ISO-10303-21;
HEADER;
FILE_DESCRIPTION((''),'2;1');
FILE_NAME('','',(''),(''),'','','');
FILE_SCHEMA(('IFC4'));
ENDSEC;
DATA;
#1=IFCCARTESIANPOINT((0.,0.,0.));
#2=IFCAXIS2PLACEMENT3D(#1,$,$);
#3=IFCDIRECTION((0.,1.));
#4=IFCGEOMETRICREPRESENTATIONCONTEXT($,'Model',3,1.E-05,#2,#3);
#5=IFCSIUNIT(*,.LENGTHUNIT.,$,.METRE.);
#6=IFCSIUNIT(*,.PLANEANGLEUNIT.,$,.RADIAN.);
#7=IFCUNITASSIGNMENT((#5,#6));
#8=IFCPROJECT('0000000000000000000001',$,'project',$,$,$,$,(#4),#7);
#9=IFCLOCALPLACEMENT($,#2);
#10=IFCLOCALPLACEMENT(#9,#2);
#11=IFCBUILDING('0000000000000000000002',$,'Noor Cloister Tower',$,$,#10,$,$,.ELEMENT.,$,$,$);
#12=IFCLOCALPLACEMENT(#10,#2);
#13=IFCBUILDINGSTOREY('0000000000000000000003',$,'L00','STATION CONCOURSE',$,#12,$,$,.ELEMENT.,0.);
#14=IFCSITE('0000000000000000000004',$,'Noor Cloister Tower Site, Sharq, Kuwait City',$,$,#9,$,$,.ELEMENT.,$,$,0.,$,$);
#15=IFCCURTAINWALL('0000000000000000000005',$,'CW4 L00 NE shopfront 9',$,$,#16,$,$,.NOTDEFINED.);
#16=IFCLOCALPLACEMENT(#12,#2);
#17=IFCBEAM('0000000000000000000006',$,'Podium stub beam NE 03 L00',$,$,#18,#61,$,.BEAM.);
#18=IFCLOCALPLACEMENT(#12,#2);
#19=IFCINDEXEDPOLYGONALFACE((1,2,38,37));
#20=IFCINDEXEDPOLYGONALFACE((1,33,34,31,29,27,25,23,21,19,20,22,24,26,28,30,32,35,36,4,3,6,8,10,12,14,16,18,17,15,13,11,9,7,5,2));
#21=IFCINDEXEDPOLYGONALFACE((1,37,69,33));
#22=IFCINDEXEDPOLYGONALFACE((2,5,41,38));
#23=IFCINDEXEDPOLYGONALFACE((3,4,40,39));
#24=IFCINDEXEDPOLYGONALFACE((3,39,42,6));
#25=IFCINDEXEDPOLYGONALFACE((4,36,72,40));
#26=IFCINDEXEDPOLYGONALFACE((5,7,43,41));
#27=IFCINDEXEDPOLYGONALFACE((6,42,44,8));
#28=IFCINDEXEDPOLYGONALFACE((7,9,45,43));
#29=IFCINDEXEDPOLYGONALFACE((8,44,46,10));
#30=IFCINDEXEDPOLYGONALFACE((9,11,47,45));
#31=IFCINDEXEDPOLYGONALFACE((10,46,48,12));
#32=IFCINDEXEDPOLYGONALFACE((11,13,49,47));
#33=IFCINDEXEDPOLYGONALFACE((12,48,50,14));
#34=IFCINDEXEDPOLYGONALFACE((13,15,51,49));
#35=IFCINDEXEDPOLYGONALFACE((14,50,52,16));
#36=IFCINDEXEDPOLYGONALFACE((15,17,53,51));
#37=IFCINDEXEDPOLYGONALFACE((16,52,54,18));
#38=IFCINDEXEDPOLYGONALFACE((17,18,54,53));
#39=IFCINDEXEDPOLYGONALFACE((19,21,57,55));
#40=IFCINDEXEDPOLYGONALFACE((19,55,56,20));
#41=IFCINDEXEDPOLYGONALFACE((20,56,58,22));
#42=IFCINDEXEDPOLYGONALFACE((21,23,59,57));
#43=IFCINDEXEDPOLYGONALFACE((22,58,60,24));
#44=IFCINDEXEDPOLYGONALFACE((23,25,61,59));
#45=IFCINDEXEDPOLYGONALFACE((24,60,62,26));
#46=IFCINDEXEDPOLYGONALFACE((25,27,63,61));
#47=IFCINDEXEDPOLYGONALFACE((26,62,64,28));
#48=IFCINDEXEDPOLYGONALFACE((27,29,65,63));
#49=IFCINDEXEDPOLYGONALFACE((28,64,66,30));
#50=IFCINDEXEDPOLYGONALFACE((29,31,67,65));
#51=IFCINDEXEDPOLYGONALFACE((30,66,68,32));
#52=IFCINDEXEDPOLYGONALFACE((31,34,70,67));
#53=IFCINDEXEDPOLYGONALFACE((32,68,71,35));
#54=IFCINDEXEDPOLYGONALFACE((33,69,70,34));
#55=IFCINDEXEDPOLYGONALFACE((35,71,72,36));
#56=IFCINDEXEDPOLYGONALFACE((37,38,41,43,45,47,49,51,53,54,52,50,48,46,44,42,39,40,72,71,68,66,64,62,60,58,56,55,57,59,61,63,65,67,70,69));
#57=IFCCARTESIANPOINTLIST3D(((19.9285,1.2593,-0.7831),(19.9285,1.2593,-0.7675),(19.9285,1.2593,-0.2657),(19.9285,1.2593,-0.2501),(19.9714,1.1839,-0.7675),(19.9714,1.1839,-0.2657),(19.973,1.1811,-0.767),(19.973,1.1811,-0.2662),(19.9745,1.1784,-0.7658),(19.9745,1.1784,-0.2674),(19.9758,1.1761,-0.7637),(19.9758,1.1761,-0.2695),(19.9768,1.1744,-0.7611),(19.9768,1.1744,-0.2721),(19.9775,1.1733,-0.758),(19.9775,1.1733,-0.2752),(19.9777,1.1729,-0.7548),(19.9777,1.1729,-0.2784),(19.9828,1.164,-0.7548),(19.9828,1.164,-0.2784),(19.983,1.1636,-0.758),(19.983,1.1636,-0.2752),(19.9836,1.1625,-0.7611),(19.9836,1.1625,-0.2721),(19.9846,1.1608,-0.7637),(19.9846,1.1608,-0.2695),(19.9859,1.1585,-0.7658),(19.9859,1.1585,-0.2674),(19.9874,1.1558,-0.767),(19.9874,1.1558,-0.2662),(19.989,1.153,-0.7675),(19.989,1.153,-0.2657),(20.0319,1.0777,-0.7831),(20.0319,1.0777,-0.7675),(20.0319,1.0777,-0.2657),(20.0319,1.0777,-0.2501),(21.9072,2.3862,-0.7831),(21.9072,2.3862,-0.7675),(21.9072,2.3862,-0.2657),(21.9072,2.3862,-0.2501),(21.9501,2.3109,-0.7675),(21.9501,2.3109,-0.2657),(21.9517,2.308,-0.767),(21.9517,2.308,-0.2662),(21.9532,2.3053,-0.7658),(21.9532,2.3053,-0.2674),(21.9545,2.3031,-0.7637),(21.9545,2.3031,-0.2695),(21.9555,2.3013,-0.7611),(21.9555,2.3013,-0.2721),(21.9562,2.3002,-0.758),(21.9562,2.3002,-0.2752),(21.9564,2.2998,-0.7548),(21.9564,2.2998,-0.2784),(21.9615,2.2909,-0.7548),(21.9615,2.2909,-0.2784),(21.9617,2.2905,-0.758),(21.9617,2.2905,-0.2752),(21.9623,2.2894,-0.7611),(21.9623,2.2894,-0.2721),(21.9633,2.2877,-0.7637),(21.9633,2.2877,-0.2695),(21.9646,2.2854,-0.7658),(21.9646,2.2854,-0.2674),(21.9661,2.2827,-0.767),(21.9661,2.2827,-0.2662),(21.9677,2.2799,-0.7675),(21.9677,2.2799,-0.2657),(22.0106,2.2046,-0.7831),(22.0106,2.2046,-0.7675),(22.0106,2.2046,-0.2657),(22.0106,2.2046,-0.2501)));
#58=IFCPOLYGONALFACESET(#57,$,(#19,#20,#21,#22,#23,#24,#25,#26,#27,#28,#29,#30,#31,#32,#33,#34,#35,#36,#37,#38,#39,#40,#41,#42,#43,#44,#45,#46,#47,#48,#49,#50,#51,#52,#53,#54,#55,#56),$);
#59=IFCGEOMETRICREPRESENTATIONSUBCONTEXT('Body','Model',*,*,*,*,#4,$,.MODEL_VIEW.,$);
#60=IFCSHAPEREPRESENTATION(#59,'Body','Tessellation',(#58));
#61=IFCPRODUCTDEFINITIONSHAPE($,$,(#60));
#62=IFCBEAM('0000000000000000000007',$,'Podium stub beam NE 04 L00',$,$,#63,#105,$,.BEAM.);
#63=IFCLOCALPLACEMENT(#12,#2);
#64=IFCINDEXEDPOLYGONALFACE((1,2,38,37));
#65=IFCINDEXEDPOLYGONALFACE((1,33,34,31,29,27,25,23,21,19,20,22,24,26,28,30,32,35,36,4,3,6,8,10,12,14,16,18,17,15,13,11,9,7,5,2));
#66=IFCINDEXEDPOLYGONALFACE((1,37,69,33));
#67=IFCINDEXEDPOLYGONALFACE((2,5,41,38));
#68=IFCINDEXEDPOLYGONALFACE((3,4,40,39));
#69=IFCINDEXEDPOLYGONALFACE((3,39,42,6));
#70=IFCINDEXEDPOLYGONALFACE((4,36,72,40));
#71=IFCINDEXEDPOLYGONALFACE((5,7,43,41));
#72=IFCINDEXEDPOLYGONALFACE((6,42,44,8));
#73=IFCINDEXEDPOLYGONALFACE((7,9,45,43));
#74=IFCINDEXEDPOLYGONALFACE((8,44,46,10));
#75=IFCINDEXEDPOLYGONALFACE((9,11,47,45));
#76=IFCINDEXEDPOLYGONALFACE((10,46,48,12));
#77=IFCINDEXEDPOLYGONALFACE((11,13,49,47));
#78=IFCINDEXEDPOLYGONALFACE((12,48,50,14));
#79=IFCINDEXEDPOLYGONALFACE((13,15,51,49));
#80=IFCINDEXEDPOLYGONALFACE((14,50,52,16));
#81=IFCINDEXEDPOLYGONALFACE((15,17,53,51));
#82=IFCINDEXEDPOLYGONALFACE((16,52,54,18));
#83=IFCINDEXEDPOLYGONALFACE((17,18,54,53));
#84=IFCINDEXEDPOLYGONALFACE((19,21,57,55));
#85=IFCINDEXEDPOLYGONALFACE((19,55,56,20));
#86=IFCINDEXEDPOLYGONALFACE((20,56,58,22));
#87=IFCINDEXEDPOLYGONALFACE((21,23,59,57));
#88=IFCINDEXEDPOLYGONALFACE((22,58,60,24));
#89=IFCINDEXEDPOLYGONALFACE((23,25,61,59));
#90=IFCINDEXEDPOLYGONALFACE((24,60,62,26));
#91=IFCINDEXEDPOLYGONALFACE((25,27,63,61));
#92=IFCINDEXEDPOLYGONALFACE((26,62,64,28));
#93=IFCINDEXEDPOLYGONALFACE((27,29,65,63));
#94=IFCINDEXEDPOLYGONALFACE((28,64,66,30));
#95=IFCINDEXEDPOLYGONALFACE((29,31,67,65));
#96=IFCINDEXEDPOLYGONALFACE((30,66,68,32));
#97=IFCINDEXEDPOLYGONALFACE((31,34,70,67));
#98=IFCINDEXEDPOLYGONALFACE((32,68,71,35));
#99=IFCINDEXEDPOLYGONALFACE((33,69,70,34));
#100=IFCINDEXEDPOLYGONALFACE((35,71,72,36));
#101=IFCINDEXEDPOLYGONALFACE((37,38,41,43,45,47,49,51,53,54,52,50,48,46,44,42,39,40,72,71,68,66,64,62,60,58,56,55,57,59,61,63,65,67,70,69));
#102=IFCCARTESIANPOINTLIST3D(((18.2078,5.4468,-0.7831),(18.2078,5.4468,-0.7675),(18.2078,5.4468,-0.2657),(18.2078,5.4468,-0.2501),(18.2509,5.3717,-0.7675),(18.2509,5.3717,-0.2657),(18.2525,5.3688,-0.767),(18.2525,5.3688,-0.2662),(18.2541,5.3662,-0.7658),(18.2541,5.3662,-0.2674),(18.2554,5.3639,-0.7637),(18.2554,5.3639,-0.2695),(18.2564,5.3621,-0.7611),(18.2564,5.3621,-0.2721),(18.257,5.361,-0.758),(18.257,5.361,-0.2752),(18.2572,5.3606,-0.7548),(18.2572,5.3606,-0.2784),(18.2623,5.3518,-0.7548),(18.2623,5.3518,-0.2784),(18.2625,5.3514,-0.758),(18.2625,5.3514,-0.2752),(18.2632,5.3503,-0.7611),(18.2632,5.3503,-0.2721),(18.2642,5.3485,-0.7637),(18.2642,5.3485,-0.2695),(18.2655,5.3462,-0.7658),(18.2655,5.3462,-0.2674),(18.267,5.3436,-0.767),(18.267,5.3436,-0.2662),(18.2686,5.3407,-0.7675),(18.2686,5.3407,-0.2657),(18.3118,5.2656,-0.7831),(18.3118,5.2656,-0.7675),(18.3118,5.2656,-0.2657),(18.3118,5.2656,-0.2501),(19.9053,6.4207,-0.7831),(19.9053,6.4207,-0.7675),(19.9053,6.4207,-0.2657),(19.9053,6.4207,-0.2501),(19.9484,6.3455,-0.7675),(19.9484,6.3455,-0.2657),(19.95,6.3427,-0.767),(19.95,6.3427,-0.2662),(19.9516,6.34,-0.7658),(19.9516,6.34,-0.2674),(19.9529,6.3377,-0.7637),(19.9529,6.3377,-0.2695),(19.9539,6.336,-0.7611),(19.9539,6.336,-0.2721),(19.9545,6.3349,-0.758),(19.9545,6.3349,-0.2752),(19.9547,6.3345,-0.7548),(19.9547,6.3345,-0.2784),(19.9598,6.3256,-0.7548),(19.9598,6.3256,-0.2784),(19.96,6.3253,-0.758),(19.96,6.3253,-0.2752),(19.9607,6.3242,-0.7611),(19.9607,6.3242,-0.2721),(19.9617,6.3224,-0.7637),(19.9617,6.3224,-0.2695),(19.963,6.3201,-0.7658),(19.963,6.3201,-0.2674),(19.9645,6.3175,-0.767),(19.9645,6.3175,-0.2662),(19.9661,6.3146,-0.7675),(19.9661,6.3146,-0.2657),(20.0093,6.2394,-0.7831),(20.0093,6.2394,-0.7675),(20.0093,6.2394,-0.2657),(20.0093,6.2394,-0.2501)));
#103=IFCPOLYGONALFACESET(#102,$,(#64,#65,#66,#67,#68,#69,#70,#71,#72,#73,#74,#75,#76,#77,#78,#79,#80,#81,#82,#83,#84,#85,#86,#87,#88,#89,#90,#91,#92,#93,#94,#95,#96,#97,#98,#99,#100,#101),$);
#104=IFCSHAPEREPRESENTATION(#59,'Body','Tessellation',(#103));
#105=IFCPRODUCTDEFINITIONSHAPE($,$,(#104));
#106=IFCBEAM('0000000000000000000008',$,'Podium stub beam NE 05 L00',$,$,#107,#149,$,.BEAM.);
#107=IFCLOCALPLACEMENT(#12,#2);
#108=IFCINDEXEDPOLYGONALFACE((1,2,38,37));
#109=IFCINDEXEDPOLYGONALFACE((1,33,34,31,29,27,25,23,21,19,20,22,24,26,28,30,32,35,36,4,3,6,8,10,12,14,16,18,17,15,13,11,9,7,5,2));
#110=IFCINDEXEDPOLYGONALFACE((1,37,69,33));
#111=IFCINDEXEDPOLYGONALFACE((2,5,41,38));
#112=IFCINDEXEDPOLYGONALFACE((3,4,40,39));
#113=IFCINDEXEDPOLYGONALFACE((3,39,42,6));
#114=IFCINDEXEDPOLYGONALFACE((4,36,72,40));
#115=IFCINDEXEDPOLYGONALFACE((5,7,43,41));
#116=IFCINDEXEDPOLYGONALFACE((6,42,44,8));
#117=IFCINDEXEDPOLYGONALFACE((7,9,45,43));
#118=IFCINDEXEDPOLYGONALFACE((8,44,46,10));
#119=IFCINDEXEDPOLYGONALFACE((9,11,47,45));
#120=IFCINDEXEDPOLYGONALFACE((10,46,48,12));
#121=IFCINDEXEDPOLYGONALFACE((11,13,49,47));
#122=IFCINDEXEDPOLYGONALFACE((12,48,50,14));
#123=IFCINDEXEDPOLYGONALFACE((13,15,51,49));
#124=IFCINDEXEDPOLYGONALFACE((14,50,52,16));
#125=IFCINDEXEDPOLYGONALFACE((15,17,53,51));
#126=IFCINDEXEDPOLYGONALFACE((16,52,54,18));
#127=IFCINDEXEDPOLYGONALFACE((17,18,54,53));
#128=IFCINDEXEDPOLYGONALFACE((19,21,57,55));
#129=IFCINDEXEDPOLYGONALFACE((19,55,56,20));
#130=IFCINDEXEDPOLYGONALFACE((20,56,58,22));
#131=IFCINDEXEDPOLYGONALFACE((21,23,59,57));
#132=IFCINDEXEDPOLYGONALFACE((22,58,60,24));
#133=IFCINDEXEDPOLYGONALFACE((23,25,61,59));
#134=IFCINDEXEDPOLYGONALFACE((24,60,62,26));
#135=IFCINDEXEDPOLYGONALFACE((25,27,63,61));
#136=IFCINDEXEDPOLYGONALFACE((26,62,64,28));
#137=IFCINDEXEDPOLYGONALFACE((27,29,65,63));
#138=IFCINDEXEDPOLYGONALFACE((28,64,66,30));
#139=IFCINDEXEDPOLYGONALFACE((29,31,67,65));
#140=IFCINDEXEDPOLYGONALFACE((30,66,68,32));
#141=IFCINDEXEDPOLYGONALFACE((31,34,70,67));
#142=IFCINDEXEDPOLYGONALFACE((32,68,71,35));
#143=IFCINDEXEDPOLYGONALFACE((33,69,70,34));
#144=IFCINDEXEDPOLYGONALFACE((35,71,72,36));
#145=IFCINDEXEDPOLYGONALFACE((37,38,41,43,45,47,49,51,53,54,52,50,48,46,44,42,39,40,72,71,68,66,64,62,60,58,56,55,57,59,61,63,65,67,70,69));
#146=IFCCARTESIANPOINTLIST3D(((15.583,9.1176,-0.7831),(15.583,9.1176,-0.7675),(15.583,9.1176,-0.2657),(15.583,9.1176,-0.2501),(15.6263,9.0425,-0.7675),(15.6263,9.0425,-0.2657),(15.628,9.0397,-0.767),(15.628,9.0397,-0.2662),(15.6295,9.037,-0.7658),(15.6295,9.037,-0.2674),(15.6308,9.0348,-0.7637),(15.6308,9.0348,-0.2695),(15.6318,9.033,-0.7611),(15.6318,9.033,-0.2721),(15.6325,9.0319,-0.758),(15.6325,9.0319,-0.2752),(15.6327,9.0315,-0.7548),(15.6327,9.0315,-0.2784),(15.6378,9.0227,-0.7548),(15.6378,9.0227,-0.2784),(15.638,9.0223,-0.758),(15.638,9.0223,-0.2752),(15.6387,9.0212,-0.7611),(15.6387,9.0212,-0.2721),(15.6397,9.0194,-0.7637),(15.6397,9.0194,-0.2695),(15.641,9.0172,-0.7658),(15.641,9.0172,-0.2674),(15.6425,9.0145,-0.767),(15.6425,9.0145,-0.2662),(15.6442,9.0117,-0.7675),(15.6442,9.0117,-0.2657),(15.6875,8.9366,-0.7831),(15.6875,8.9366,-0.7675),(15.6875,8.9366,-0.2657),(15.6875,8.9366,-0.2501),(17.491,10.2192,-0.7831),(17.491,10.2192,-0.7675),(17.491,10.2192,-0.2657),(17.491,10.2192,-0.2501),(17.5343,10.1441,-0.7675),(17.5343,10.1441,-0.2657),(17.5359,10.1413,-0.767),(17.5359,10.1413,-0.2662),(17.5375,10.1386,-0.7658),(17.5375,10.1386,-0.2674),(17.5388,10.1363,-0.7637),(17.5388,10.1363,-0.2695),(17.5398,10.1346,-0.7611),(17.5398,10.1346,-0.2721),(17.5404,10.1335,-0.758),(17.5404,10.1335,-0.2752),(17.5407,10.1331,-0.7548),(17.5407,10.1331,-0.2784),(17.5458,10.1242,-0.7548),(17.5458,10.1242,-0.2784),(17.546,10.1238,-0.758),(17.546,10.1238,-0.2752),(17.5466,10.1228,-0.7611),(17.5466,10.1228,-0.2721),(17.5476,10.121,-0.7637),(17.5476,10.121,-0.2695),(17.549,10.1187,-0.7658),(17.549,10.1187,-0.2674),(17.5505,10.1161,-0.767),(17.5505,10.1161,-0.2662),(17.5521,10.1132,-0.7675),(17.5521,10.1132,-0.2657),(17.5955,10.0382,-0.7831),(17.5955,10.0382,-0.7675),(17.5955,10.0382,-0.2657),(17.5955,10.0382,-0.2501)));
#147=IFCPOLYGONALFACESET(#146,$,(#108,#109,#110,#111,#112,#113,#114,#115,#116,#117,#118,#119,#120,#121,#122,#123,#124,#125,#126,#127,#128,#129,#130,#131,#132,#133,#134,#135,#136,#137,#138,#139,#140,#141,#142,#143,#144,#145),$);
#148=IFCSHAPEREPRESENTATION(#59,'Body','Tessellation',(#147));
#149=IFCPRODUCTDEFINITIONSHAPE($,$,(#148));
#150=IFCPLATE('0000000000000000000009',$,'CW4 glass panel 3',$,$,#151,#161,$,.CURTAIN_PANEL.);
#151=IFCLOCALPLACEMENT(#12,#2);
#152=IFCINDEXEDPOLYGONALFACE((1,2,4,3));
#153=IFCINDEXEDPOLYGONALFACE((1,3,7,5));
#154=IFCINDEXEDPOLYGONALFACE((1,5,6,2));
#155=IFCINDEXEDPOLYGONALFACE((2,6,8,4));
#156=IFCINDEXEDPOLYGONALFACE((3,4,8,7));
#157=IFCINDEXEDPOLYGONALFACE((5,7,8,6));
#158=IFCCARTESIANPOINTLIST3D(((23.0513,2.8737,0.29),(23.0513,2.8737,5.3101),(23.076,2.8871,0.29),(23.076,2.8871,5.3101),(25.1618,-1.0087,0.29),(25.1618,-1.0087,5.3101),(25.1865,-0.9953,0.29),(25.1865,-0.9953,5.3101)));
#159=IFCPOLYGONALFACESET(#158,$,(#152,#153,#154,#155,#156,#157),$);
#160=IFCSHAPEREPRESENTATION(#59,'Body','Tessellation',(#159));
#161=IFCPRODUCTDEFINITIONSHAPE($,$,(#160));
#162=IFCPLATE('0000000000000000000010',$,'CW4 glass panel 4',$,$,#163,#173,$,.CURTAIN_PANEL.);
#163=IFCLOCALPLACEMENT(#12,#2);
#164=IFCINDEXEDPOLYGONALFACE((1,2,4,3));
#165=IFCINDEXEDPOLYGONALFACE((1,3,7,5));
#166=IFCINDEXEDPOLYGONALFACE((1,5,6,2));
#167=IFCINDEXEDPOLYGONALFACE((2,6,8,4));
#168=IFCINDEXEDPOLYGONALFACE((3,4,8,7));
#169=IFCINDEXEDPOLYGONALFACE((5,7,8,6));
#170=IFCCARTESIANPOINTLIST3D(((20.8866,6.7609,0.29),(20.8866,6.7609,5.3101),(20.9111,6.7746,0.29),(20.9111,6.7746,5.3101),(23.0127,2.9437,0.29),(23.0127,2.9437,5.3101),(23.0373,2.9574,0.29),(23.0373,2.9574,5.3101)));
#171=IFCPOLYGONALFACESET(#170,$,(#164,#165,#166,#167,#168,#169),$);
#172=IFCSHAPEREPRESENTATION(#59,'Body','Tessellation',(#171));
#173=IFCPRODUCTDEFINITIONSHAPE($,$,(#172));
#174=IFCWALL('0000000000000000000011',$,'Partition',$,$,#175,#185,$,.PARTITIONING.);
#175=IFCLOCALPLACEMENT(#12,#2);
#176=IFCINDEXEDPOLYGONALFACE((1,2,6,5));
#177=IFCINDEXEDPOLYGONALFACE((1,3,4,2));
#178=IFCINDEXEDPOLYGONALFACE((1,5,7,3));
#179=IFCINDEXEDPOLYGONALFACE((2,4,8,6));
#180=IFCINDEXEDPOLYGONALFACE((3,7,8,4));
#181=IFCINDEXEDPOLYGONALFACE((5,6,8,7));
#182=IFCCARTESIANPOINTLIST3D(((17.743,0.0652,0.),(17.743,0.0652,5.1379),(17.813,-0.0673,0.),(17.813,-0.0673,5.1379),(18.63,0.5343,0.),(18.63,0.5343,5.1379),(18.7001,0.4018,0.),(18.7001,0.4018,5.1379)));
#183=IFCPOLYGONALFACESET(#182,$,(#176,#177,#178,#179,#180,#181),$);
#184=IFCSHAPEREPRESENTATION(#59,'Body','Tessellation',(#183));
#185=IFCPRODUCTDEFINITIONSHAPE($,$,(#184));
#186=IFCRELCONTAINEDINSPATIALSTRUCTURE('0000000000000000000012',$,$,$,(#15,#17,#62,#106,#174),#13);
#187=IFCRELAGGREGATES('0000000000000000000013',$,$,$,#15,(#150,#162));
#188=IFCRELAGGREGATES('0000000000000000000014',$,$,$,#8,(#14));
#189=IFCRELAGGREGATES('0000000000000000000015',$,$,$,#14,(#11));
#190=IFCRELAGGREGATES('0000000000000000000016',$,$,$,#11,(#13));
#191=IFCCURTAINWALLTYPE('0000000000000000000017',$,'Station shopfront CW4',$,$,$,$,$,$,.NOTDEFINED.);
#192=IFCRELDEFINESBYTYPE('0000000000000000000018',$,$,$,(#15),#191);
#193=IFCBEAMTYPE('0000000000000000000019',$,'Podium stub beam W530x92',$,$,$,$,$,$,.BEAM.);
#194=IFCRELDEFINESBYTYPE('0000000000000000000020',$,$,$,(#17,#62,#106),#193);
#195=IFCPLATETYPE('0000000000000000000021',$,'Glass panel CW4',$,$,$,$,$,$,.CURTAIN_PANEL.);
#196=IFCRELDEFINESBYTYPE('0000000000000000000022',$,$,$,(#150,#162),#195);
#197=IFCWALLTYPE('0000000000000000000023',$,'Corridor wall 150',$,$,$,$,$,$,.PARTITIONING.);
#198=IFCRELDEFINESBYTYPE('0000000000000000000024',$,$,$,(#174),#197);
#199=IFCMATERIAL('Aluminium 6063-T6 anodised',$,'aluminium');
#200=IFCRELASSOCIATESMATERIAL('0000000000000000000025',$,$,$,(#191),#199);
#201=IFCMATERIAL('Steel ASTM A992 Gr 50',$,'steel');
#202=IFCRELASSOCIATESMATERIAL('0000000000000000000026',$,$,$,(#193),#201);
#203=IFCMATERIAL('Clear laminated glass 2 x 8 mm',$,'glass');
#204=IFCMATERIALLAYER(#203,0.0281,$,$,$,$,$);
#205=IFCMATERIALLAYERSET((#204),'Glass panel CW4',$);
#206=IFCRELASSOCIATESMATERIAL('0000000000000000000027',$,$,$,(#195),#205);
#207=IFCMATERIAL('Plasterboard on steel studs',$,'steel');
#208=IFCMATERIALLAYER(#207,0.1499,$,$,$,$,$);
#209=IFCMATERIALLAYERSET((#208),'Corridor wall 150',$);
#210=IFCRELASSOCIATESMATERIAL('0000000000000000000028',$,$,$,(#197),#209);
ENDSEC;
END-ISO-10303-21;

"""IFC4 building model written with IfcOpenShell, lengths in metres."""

from ifc_helpers import new_model, si_unit, direction, frame, frame_2d, origin, origin_2d, place, context, subcontext, project, spatial, rectangle, i_section, extrude, material, layer, layer_set, material_profile, profile_set, type_object, element, aggregate, save


model = new_model("IFC4")

# Units and contexts
model_context = context("Model", 3, precision=1e-05, world=origin(), true_north=direction((0.0, 1.0)))
body_context = subcontext(model_context, "Body", "Model", "MODEL_VIEW")
ifc_project = project(units=[si_unit("LENGTHUNIT", "METRE"), si_unit("PLANEANGLEUNIT", "RADIAN")], contexts=[model_context])

# Site, building, storey
site_placement = place(None, origin())
site = spatial("IfcSite", under=ifc_project, at=site_placement, Name="Noor Cloister Tower Site, Sharq, Kuwait City", CompositionType="ELEMENT", RefElevation=0.0)
building_placement = place(site_placement, origin())
building = spatial("IfcBuilding", under=site, at=building_placement, Name="Noor Cloister Tower", CompositionType="ELEMENT")
storey_placement = place(building_placement, origin())
storey = spatial("IfcBuildingStorey", under=building, at=storey_placement, Name="L00", Description="STATION CONCOURSE", CompositionType="ELEMENT", Elevation=0.0)

# Curtain wall
ifc_material_1 = material(Name="Aluminium 6063-T6 anodised", Category="aluminium")
curtain_wall_type = type_object("IfcCurtainWallType", Name="Station shopfront CW4", PredefinedType="NOTDEFINED", material=ifc_material_1)
curtain_wall_placement = place(storey_placement, origin())
curtain_wall = element("IfcCurtainWall", 1, at=curtain_wall_placement, inside=storey, type_object=curtain_wall_type, Name="CW4 L00 NE shopfront 9", PredefinedType="NOTDEFINED")

# Beams
ifc_material_2 = material(Name="Steel ASTM A992 Gr 50", Category="steel")
ifc_material_profile_1 = material_profile(ifc_material_2, i_section(OverallWidth=0.209, OverallDepth=0.533, WebThickness=0.0103, FlangeThickness=0.0156, FilletRadius=0.0127, at=origin_2d()), Name="W530x92")
ifc_profile_set_1 = profile_set([ifc_material_profile_1], Name="Steel ASTM A992 Gr 50")
beam_type_1 = type_object("IfcBeamType", Name="Podium stub beam W530x92", PredefinedType="BEAM", material=ifc_profile_set_1)
beam_1_placement = place(storey_placement, frame((19.9802, 1.1685, -0.5166), z_axis=(0.868955, 0.494891, 0.0), x_axis=(-0.494891, 0.868955, 0.0)))
element("IfcBeam", 2, at=beam_1_placement, inside=storey, type_object=beam_type_1, Name="Podium stub beam NE 03 L00", PredefinedType="BEAM", context=body_context, shape_type="SweptSolid", body=[
    extrude(i_section(OverallWidth=0.209, OverallDepth=0.533, WebThickness=0.0103, FlangeThickness=0.0156, FilletRadius=0.0127, at=origin_2d()), origin(), (0.0, 0.0, 1.0), 2.2771),
])
beam_2_placement = place(storey_placement, frame((18.2598, 5.3562, -0.5166), z_axis=(0.86739, 0.497629, 0.0), x_axis=(-0.497629, 0.86739, 0.0)))
element("IfcBeam", 3, at=beam_2_placement, inside=storey, type_object=beam_type_1, Name="Podium stub beam NE 04 L00", PredefinedType="BEAM", context=body_context, shape_type="SweptSolid", body=[
    extrude(i_section(OverallWidth=0.209, OverallDepth=0.533, WebThickness=0.0103, FlangeThickness=0.0156, FilletRadius=0.0127, at=origin_2d()), origin(), (0.0, 0.0, 1.0), 1.957),
])
beam_3_placement = place(storey_placement, frame((15.6353, 9.0271, -0.5166), z_axis=(0.866025, 0.500001, 0.0), x_axis=(-0.500001, 0.866025, 0.0)))
element("IfcBeam", 4, at=beam_3_placement, inside=storey, type_object=beam_type_1, Name="Podium stub beam NE 05 L00", PredefinedType="BEAM", context=body_context, shape_type="SweptSolid", body=[
    extrude(i_section(OverallWidth=0.209, OverallDepth=0.533, WebThickness=0.0103, FlangeThickness=0.0156, FilletRadius=0.0127, at=origin_2d()), origin(), (0.0, 0.0, 1.0), 2.2031),
])

# Plates
ifc_material_3 = material(Name="Clear laminated glass 2 x 8 mm", Category="glass")
ifc_layer_1 = layer(ifc_material_3, 0.0281)
ifc_layer_set_1 = layer_set([ifc_layer_1], Name="Glass panel CW4")
plate_type = type_object("IfcPlateType", Name="Glass panel CW4", PredefinedType="CURTAIN_PANEL", material=ifc_layer_set_1)
plate_1_placement = place(storey_placement, frame((24.1189, 0.9392, 0.29), z_axis=(0.0, 0.0, 1.0), x_axis=(-0.477604, 0.878575, 0.0)))
plate_1 = element("IfcPlate", 5, at=plate_1_placement, type_object=plate_type, Name="CW4 glass panel 3", PredefinedType="CURTAIN_PANEL", context=body_context, shape_type="SweptSolid", body=[
    extrude(rectangle(XDim=4.4189, YDim=0.0281, at=origin_2d()), origin(), (0.0, 0.0, 1.0), 5.02),
])
plate_2_placement = place(storey_placement, frame((21.9619, 4.8591, 0.29), z_axis=(0.0, 0.0, 1.0), x_axis=(-0.486601, 0.873624, 0.0)))
plate_2 = element("IfcPlate", 6, at=plate_2_placement, type_object=plate_type, Name="CW4 glass panel 4", PredefinedType="CURTAIN_PANEL", context=body_context, shape_type="SweptSolid", body=[
    extrude(rectangle(XDim=4.3694, YDim=0.0281, at=origin_2d()), origin(), (0.0, 0.0, 1.0), 5.02),
])
aggregate(curtain_wall, [plate_1, plate_2])

# Wall
ifc_material_4 = material(Name="Plasterboard on steel studs", Category="steel")
ifc_layer_2 = layer(ifc_material_4, 0.1499)
ifc_layer_set_2 = layer_set([ifc_layer_2], Name="Corridor wall 150")
wall_type_1 = type_object("IfcWallType", Name="Corridor wall 150", PredefinedType="PARTITIONING", material=ifc_layer_set_2)
wall_1_placement = place(storey_placement, frame((18.665, 0.468, 0.0), z_axis=(0.0, 0.0, 1.0), x_axis=(-0.884025, -0.46744, 0.0)))
element("IfcWall", 7, at=wall_1_placement, inside=storey, type_object=wall_type_1, Name="Partition", PredefinedType="PARTITIONING", context=body_context, shape_type="SweptSolid", body=[
    extrude(rectangle(XDim=1.0034, YDim=0.1499, at=frame_2d((0.5017, 0.0))), origin(), (0.0, 0.0, 1.0), 5.1379),
])

save(model, "model.ifc")
